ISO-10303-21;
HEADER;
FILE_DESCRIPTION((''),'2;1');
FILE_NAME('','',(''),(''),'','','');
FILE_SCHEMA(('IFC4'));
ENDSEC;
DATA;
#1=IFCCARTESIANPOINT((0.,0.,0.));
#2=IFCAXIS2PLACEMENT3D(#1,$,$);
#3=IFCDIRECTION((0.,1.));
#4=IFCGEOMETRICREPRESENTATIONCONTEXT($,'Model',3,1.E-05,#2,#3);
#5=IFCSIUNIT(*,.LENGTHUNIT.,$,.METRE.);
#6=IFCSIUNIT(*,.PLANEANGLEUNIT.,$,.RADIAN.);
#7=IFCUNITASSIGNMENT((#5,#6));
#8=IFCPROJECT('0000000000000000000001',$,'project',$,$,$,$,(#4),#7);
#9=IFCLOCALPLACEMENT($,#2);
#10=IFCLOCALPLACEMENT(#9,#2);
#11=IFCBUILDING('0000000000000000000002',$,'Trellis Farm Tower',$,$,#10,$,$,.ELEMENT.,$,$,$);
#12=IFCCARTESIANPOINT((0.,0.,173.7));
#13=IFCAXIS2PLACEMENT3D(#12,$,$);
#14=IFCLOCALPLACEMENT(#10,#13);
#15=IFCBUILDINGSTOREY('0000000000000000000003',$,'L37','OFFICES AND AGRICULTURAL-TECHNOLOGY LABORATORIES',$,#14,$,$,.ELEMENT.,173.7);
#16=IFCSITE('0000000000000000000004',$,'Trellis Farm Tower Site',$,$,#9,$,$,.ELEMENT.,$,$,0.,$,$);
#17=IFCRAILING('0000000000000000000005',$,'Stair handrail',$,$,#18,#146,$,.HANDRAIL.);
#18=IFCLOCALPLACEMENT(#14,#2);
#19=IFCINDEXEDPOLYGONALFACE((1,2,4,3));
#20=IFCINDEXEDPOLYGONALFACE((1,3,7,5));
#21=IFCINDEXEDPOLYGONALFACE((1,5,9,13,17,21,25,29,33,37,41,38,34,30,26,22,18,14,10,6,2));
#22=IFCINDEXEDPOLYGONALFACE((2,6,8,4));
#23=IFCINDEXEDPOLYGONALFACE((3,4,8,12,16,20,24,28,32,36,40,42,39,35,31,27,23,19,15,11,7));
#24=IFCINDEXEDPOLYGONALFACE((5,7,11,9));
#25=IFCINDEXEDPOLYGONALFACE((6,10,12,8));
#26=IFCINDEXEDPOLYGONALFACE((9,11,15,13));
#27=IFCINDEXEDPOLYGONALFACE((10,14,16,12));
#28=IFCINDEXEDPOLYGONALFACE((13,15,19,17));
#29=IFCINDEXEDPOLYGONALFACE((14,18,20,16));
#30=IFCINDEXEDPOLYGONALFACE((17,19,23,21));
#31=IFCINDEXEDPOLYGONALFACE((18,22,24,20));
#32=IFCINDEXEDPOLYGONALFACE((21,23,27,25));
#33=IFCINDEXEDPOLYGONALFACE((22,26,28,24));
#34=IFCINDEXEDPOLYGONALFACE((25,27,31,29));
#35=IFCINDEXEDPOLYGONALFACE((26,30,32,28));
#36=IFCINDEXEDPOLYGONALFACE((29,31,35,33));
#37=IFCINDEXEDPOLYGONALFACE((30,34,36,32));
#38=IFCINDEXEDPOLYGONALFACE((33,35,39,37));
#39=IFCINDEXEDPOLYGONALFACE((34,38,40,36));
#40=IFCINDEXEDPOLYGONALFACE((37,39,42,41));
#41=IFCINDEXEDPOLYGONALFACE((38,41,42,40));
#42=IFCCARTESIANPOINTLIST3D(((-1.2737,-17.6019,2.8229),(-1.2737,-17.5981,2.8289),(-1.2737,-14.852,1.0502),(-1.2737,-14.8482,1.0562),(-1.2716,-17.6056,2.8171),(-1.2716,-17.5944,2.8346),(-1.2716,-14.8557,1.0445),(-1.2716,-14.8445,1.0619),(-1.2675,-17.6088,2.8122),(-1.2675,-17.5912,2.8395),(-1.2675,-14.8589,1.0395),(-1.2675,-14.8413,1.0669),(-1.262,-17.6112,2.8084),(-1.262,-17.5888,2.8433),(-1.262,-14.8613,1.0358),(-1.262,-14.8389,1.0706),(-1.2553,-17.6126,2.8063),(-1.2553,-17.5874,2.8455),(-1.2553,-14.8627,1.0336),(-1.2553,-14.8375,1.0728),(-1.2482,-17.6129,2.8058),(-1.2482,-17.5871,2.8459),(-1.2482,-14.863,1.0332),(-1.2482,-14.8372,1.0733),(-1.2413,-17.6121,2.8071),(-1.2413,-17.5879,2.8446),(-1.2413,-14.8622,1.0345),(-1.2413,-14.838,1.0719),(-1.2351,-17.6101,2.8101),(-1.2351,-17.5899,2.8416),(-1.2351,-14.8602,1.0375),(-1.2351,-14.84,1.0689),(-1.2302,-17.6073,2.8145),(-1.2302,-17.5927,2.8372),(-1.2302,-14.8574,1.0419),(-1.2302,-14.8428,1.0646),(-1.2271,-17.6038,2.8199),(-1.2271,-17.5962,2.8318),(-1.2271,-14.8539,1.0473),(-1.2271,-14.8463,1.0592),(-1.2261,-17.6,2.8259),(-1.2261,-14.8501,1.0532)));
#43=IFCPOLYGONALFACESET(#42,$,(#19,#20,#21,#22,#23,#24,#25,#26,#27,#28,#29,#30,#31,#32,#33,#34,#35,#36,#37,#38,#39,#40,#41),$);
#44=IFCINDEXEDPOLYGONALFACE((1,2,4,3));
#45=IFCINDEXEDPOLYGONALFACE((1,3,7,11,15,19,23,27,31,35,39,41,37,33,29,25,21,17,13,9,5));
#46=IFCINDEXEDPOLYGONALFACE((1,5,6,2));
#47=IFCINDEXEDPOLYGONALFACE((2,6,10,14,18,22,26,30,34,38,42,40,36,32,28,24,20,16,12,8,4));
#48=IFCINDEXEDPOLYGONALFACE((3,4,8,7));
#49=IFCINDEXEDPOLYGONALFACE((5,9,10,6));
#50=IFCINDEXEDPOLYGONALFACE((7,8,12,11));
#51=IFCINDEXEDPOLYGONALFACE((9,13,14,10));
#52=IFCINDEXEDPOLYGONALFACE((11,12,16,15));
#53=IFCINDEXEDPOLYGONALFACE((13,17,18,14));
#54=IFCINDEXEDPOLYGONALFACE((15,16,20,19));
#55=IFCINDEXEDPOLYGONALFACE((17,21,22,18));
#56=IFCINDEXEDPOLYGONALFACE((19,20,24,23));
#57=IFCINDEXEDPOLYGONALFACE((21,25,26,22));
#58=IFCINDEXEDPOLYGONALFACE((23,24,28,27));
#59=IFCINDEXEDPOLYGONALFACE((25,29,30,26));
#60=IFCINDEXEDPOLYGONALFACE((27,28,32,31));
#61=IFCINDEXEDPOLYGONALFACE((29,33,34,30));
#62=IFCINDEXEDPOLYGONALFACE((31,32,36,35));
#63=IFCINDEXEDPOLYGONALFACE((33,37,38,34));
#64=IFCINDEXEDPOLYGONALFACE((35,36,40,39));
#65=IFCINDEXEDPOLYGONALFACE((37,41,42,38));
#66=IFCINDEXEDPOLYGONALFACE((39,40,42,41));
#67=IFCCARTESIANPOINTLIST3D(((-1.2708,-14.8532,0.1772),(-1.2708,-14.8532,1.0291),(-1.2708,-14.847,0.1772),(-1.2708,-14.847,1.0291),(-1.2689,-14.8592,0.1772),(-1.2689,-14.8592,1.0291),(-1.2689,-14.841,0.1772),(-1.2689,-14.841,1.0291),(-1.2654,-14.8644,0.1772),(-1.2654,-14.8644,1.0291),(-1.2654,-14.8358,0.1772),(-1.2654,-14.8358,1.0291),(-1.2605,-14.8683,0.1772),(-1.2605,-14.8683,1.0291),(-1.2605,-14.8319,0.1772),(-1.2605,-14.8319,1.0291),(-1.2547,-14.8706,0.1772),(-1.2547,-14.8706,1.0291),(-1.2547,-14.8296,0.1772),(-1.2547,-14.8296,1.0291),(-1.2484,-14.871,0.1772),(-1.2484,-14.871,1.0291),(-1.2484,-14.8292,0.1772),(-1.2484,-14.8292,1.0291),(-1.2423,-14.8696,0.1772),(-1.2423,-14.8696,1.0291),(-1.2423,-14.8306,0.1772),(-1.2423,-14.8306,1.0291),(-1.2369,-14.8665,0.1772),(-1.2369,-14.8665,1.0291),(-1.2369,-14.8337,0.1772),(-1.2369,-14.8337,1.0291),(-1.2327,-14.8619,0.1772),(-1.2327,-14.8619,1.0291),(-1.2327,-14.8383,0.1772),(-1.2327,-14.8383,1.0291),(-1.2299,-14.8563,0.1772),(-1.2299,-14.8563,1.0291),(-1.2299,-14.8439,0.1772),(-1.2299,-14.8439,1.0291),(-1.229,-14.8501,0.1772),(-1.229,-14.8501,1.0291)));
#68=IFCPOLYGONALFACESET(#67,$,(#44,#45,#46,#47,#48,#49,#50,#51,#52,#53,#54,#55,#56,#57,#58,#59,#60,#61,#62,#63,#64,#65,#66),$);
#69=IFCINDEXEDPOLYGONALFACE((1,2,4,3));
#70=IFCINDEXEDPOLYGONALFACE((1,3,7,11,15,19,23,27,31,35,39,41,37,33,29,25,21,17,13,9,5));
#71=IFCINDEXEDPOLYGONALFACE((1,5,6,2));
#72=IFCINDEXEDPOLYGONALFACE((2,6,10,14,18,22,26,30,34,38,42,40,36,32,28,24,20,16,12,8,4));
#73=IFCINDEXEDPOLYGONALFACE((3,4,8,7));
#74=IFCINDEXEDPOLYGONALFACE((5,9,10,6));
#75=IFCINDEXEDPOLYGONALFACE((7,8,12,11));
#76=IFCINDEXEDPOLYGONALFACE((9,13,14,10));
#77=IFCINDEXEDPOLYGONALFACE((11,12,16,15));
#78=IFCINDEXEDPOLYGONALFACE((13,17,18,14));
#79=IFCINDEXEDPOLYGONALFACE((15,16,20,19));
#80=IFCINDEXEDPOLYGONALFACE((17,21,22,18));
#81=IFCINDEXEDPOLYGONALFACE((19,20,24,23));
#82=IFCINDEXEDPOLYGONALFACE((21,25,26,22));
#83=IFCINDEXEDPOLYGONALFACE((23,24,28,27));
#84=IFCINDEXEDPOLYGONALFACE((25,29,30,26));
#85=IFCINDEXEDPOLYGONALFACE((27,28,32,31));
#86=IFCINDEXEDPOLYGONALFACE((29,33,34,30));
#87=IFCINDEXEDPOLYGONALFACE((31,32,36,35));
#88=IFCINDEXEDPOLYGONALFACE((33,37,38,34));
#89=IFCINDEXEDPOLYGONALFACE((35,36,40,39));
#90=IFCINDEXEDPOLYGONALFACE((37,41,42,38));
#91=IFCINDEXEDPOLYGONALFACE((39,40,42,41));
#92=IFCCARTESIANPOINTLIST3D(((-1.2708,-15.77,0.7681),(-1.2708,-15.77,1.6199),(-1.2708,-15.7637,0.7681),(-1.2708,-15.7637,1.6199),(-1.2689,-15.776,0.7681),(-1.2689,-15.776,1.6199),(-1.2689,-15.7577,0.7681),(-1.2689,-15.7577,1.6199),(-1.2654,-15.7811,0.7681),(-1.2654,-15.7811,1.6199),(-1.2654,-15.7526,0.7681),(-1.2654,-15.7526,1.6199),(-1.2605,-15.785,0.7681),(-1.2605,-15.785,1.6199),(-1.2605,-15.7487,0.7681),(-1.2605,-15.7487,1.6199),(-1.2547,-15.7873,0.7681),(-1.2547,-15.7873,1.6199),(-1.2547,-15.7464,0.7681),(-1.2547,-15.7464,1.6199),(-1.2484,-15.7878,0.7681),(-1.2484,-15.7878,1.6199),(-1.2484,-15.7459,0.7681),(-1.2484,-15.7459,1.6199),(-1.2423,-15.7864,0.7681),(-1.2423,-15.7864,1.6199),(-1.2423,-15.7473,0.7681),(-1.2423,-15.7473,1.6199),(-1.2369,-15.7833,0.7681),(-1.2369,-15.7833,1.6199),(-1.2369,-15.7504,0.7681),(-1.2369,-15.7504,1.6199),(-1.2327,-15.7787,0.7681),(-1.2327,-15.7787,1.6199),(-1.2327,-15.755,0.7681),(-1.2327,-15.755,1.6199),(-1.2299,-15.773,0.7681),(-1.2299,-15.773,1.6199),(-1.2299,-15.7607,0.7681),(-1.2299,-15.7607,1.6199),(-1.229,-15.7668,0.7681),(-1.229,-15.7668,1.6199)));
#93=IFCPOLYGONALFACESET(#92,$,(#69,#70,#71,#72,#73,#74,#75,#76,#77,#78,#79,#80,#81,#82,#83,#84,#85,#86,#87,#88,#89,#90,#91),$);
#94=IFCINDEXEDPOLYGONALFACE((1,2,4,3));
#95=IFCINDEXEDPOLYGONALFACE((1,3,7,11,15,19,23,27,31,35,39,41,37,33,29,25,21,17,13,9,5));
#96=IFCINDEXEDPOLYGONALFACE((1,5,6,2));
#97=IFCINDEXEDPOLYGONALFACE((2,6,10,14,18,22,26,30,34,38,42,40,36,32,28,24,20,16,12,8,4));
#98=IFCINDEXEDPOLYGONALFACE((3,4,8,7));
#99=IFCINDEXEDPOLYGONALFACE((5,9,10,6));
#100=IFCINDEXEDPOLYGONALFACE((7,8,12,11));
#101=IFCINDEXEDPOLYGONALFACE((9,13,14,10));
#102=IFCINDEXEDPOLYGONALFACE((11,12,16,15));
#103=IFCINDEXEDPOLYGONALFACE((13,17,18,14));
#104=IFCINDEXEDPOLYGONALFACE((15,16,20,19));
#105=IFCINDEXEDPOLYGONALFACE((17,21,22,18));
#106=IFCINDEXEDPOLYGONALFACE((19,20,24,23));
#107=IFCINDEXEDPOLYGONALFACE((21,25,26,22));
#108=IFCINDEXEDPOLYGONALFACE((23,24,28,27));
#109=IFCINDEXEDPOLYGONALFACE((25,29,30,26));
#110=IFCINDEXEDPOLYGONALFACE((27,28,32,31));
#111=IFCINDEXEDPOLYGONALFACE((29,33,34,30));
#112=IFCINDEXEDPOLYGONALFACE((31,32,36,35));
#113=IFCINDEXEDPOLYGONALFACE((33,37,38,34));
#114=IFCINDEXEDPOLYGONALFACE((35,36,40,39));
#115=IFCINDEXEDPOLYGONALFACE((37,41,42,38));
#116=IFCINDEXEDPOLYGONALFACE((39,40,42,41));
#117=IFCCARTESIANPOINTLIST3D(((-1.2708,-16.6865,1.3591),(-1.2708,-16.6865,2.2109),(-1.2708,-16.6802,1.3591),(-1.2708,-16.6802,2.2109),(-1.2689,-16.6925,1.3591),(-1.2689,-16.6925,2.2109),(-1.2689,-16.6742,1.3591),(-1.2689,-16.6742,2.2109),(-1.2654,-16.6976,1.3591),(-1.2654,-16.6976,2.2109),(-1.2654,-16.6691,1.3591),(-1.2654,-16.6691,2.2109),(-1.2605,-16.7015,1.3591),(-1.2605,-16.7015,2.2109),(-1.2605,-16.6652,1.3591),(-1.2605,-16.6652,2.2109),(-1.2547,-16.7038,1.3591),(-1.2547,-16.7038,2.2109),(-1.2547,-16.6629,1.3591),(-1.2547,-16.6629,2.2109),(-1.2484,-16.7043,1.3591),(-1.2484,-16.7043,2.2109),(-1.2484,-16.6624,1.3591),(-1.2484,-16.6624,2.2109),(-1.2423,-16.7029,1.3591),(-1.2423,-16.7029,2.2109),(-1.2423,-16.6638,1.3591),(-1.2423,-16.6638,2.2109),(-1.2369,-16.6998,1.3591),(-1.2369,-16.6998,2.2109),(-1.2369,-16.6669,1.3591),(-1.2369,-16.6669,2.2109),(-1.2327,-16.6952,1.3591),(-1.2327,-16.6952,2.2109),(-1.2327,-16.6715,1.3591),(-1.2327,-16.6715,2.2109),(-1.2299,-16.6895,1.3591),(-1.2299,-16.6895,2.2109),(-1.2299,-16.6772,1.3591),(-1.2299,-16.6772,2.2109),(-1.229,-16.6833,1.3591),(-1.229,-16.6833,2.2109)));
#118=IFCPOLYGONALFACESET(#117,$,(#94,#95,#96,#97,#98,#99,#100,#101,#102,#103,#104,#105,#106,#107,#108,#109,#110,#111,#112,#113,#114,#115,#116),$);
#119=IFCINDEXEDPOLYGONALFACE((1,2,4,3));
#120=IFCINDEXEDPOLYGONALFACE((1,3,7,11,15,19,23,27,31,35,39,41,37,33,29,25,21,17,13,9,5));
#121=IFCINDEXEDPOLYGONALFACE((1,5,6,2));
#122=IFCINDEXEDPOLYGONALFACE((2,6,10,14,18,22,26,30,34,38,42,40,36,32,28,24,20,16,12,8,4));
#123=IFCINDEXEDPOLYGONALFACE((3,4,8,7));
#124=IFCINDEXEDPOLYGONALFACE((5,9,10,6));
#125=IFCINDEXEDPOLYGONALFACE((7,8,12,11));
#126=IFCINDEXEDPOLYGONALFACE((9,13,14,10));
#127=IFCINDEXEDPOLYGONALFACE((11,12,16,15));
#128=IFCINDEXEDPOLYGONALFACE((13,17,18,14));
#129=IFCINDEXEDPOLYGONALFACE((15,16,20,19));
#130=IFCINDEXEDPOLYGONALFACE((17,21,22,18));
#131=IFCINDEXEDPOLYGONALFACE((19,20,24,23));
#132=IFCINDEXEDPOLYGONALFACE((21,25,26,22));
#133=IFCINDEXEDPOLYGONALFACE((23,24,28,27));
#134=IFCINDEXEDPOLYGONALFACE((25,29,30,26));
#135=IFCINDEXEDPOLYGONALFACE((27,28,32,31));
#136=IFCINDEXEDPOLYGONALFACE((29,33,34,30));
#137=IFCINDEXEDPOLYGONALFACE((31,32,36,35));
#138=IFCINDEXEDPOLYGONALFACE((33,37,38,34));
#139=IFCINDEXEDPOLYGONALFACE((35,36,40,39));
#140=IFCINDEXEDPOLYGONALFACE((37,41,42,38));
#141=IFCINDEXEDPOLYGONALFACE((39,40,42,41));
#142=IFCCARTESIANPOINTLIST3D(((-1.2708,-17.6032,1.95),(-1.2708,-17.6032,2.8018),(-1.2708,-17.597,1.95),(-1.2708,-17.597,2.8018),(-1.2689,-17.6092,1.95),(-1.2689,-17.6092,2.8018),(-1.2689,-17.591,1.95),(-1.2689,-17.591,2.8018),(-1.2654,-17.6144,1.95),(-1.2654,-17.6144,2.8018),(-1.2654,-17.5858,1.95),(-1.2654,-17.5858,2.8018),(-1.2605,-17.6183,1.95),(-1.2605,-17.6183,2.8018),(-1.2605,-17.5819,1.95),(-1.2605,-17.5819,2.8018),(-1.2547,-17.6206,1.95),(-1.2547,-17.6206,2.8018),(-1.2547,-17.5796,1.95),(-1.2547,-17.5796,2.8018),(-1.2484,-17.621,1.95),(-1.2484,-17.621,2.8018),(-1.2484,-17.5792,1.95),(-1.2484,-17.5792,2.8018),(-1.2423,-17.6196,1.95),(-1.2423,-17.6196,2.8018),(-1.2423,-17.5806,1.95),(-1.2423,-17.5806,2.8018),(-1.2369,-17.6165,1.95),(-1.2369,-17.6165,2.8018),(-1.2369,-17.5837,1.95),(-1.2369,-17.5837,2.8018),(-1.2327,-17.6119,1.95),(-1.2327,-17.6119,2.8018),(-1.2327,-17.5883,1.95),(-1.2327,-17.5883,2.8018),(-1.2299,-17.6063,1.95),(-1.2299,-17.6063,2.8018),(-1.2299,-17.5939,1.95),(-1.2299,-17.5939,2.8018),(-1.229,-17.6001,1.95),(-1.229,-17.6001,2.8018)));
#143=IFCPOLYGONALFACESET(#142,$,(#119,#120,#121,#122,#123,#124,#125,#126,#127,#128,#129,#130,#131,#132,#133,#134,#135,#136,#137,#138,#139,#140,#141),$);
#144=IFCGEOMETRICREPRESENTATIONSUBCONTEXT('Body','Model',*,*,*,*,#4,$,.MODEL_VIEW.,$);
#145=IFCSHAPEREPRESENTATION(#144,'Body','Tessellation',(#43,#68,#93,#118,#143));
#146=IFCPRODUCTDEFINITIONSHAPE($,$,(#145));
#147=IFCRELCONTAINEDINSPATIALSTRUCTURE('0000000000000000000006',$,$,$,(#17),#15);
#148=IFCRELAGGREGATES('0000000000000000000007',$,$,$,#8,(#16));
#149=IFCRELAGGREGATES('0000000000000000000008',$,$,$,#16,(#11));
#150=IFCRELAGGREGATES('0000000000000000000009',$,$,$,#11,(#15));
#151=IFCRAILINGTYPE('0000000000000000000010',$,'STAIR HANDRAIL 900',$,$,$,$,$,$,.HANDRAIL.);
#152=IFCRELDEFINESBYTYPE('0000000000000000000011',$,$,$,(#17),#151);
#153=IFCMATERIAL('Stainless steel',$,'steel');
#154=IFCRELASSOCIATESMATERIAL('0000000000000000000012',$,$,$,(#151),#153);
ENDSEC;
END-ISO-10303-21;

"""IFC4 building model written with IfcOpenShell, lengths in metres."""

from ifc_helpers import new_model, si_unit, direction, frame, origin, origin_2d, place, context, subcontext, project, spatial, circle, extrude, source, transform, mapped, material, type_object, element, save


model = new_model("IFC4")

# Units and contexts
model_context = context("Model", 3, precision=1e-05, world=origin(), true_north=direction((0.0, 1.0)))
body_context = subcontext(model_context, "Body", "Model", "MODEL_VIEW")
ifc_project = project(units=[si_unit("LENGTHUNIT", "METRE"), si_unit("PLANEANGLEUNIT", "RADIAN")], contexts=[model_context])

# Site, building, storey
site_placement = place(None, origin())
site = spatial("IfcSite", under=ifc_project, at=site_placement, Name="Trellis Farm Tower Site", CompositionType="ELEMENT", RefElevation=0.0)
building_placement = place(site_placement, origin())
building = spatial("IfcBuilding", under=site, at=building_placement, Name="Trellis Farm Tower", CompositionType="ELEMENT")
storey_placement = place(building_placement, frame((0.0, 0.0, 173.7)))
storey = spatial("IfcBuildingStorey", under=building, at=storey_placement, Name="L37", Description="OFFICES AND AGRICULTURAL-TECHNOLOGY LABORATORIES", CompositionType="ELEMENT", Elevation=173.7)

# Railing
ifc_material_1 = material(Name="Stainless steel", Category="steel")
railing_type = type_object("IfcRailingType", Name="STAIR HANDRAIL 900", PredefinedType="HANDRAIL", material=ifc_material_1)
shared_shape_1 = source(origin(), body_context, "Body", "SweptSolid", [
    extrude(circle(Radius=0.0239, at=origin_2d()), frame((0.0, 0.0, 0.876), z_axis=(0.0, -0.840504, 0.541806), x_axis=(1.0, 0.0, 0.0)), (0.0, 0.0, 1.0), 3.2717),
    extrude(circle(Radius=0.021, at=origin_2d()), origin(), (0.0, 0.0, 1.0), 0.8518),
    extrude(circle(Radius=0.021, at=origin_2d()), frame((0.0, -0.9167, 0.5908)), (0.0, 0.0, 1.0), 0.8518),
    extrude(circle(Radius=0.021, at=origin_2d()), frame((0.0, -1.8333, 1.1819)), (0.0, 0.0, 1.0), 0.8518),
    extrude(circle(Radius=0.021, at=origin_2d()), frame((0.0, -2.75, 1.7727)), (0.0, 0.0, 1.0), 0.8518),
])
railing_placement = place(storey_placement, frame((-1.25, -14.8501, 0.1772)))
element("IfcRailing", 1, at=railing_placement, inside=storey, type_object=railing_type, Name="Stair handrail", PredefinedType="HANDRAIL", context=body_context, shape_type="MappedRepresentation", body=[
    mapped(shared_shape_1, transform((0.0, 0.0, 0.0))),
])

save(model, "model.ifc")
